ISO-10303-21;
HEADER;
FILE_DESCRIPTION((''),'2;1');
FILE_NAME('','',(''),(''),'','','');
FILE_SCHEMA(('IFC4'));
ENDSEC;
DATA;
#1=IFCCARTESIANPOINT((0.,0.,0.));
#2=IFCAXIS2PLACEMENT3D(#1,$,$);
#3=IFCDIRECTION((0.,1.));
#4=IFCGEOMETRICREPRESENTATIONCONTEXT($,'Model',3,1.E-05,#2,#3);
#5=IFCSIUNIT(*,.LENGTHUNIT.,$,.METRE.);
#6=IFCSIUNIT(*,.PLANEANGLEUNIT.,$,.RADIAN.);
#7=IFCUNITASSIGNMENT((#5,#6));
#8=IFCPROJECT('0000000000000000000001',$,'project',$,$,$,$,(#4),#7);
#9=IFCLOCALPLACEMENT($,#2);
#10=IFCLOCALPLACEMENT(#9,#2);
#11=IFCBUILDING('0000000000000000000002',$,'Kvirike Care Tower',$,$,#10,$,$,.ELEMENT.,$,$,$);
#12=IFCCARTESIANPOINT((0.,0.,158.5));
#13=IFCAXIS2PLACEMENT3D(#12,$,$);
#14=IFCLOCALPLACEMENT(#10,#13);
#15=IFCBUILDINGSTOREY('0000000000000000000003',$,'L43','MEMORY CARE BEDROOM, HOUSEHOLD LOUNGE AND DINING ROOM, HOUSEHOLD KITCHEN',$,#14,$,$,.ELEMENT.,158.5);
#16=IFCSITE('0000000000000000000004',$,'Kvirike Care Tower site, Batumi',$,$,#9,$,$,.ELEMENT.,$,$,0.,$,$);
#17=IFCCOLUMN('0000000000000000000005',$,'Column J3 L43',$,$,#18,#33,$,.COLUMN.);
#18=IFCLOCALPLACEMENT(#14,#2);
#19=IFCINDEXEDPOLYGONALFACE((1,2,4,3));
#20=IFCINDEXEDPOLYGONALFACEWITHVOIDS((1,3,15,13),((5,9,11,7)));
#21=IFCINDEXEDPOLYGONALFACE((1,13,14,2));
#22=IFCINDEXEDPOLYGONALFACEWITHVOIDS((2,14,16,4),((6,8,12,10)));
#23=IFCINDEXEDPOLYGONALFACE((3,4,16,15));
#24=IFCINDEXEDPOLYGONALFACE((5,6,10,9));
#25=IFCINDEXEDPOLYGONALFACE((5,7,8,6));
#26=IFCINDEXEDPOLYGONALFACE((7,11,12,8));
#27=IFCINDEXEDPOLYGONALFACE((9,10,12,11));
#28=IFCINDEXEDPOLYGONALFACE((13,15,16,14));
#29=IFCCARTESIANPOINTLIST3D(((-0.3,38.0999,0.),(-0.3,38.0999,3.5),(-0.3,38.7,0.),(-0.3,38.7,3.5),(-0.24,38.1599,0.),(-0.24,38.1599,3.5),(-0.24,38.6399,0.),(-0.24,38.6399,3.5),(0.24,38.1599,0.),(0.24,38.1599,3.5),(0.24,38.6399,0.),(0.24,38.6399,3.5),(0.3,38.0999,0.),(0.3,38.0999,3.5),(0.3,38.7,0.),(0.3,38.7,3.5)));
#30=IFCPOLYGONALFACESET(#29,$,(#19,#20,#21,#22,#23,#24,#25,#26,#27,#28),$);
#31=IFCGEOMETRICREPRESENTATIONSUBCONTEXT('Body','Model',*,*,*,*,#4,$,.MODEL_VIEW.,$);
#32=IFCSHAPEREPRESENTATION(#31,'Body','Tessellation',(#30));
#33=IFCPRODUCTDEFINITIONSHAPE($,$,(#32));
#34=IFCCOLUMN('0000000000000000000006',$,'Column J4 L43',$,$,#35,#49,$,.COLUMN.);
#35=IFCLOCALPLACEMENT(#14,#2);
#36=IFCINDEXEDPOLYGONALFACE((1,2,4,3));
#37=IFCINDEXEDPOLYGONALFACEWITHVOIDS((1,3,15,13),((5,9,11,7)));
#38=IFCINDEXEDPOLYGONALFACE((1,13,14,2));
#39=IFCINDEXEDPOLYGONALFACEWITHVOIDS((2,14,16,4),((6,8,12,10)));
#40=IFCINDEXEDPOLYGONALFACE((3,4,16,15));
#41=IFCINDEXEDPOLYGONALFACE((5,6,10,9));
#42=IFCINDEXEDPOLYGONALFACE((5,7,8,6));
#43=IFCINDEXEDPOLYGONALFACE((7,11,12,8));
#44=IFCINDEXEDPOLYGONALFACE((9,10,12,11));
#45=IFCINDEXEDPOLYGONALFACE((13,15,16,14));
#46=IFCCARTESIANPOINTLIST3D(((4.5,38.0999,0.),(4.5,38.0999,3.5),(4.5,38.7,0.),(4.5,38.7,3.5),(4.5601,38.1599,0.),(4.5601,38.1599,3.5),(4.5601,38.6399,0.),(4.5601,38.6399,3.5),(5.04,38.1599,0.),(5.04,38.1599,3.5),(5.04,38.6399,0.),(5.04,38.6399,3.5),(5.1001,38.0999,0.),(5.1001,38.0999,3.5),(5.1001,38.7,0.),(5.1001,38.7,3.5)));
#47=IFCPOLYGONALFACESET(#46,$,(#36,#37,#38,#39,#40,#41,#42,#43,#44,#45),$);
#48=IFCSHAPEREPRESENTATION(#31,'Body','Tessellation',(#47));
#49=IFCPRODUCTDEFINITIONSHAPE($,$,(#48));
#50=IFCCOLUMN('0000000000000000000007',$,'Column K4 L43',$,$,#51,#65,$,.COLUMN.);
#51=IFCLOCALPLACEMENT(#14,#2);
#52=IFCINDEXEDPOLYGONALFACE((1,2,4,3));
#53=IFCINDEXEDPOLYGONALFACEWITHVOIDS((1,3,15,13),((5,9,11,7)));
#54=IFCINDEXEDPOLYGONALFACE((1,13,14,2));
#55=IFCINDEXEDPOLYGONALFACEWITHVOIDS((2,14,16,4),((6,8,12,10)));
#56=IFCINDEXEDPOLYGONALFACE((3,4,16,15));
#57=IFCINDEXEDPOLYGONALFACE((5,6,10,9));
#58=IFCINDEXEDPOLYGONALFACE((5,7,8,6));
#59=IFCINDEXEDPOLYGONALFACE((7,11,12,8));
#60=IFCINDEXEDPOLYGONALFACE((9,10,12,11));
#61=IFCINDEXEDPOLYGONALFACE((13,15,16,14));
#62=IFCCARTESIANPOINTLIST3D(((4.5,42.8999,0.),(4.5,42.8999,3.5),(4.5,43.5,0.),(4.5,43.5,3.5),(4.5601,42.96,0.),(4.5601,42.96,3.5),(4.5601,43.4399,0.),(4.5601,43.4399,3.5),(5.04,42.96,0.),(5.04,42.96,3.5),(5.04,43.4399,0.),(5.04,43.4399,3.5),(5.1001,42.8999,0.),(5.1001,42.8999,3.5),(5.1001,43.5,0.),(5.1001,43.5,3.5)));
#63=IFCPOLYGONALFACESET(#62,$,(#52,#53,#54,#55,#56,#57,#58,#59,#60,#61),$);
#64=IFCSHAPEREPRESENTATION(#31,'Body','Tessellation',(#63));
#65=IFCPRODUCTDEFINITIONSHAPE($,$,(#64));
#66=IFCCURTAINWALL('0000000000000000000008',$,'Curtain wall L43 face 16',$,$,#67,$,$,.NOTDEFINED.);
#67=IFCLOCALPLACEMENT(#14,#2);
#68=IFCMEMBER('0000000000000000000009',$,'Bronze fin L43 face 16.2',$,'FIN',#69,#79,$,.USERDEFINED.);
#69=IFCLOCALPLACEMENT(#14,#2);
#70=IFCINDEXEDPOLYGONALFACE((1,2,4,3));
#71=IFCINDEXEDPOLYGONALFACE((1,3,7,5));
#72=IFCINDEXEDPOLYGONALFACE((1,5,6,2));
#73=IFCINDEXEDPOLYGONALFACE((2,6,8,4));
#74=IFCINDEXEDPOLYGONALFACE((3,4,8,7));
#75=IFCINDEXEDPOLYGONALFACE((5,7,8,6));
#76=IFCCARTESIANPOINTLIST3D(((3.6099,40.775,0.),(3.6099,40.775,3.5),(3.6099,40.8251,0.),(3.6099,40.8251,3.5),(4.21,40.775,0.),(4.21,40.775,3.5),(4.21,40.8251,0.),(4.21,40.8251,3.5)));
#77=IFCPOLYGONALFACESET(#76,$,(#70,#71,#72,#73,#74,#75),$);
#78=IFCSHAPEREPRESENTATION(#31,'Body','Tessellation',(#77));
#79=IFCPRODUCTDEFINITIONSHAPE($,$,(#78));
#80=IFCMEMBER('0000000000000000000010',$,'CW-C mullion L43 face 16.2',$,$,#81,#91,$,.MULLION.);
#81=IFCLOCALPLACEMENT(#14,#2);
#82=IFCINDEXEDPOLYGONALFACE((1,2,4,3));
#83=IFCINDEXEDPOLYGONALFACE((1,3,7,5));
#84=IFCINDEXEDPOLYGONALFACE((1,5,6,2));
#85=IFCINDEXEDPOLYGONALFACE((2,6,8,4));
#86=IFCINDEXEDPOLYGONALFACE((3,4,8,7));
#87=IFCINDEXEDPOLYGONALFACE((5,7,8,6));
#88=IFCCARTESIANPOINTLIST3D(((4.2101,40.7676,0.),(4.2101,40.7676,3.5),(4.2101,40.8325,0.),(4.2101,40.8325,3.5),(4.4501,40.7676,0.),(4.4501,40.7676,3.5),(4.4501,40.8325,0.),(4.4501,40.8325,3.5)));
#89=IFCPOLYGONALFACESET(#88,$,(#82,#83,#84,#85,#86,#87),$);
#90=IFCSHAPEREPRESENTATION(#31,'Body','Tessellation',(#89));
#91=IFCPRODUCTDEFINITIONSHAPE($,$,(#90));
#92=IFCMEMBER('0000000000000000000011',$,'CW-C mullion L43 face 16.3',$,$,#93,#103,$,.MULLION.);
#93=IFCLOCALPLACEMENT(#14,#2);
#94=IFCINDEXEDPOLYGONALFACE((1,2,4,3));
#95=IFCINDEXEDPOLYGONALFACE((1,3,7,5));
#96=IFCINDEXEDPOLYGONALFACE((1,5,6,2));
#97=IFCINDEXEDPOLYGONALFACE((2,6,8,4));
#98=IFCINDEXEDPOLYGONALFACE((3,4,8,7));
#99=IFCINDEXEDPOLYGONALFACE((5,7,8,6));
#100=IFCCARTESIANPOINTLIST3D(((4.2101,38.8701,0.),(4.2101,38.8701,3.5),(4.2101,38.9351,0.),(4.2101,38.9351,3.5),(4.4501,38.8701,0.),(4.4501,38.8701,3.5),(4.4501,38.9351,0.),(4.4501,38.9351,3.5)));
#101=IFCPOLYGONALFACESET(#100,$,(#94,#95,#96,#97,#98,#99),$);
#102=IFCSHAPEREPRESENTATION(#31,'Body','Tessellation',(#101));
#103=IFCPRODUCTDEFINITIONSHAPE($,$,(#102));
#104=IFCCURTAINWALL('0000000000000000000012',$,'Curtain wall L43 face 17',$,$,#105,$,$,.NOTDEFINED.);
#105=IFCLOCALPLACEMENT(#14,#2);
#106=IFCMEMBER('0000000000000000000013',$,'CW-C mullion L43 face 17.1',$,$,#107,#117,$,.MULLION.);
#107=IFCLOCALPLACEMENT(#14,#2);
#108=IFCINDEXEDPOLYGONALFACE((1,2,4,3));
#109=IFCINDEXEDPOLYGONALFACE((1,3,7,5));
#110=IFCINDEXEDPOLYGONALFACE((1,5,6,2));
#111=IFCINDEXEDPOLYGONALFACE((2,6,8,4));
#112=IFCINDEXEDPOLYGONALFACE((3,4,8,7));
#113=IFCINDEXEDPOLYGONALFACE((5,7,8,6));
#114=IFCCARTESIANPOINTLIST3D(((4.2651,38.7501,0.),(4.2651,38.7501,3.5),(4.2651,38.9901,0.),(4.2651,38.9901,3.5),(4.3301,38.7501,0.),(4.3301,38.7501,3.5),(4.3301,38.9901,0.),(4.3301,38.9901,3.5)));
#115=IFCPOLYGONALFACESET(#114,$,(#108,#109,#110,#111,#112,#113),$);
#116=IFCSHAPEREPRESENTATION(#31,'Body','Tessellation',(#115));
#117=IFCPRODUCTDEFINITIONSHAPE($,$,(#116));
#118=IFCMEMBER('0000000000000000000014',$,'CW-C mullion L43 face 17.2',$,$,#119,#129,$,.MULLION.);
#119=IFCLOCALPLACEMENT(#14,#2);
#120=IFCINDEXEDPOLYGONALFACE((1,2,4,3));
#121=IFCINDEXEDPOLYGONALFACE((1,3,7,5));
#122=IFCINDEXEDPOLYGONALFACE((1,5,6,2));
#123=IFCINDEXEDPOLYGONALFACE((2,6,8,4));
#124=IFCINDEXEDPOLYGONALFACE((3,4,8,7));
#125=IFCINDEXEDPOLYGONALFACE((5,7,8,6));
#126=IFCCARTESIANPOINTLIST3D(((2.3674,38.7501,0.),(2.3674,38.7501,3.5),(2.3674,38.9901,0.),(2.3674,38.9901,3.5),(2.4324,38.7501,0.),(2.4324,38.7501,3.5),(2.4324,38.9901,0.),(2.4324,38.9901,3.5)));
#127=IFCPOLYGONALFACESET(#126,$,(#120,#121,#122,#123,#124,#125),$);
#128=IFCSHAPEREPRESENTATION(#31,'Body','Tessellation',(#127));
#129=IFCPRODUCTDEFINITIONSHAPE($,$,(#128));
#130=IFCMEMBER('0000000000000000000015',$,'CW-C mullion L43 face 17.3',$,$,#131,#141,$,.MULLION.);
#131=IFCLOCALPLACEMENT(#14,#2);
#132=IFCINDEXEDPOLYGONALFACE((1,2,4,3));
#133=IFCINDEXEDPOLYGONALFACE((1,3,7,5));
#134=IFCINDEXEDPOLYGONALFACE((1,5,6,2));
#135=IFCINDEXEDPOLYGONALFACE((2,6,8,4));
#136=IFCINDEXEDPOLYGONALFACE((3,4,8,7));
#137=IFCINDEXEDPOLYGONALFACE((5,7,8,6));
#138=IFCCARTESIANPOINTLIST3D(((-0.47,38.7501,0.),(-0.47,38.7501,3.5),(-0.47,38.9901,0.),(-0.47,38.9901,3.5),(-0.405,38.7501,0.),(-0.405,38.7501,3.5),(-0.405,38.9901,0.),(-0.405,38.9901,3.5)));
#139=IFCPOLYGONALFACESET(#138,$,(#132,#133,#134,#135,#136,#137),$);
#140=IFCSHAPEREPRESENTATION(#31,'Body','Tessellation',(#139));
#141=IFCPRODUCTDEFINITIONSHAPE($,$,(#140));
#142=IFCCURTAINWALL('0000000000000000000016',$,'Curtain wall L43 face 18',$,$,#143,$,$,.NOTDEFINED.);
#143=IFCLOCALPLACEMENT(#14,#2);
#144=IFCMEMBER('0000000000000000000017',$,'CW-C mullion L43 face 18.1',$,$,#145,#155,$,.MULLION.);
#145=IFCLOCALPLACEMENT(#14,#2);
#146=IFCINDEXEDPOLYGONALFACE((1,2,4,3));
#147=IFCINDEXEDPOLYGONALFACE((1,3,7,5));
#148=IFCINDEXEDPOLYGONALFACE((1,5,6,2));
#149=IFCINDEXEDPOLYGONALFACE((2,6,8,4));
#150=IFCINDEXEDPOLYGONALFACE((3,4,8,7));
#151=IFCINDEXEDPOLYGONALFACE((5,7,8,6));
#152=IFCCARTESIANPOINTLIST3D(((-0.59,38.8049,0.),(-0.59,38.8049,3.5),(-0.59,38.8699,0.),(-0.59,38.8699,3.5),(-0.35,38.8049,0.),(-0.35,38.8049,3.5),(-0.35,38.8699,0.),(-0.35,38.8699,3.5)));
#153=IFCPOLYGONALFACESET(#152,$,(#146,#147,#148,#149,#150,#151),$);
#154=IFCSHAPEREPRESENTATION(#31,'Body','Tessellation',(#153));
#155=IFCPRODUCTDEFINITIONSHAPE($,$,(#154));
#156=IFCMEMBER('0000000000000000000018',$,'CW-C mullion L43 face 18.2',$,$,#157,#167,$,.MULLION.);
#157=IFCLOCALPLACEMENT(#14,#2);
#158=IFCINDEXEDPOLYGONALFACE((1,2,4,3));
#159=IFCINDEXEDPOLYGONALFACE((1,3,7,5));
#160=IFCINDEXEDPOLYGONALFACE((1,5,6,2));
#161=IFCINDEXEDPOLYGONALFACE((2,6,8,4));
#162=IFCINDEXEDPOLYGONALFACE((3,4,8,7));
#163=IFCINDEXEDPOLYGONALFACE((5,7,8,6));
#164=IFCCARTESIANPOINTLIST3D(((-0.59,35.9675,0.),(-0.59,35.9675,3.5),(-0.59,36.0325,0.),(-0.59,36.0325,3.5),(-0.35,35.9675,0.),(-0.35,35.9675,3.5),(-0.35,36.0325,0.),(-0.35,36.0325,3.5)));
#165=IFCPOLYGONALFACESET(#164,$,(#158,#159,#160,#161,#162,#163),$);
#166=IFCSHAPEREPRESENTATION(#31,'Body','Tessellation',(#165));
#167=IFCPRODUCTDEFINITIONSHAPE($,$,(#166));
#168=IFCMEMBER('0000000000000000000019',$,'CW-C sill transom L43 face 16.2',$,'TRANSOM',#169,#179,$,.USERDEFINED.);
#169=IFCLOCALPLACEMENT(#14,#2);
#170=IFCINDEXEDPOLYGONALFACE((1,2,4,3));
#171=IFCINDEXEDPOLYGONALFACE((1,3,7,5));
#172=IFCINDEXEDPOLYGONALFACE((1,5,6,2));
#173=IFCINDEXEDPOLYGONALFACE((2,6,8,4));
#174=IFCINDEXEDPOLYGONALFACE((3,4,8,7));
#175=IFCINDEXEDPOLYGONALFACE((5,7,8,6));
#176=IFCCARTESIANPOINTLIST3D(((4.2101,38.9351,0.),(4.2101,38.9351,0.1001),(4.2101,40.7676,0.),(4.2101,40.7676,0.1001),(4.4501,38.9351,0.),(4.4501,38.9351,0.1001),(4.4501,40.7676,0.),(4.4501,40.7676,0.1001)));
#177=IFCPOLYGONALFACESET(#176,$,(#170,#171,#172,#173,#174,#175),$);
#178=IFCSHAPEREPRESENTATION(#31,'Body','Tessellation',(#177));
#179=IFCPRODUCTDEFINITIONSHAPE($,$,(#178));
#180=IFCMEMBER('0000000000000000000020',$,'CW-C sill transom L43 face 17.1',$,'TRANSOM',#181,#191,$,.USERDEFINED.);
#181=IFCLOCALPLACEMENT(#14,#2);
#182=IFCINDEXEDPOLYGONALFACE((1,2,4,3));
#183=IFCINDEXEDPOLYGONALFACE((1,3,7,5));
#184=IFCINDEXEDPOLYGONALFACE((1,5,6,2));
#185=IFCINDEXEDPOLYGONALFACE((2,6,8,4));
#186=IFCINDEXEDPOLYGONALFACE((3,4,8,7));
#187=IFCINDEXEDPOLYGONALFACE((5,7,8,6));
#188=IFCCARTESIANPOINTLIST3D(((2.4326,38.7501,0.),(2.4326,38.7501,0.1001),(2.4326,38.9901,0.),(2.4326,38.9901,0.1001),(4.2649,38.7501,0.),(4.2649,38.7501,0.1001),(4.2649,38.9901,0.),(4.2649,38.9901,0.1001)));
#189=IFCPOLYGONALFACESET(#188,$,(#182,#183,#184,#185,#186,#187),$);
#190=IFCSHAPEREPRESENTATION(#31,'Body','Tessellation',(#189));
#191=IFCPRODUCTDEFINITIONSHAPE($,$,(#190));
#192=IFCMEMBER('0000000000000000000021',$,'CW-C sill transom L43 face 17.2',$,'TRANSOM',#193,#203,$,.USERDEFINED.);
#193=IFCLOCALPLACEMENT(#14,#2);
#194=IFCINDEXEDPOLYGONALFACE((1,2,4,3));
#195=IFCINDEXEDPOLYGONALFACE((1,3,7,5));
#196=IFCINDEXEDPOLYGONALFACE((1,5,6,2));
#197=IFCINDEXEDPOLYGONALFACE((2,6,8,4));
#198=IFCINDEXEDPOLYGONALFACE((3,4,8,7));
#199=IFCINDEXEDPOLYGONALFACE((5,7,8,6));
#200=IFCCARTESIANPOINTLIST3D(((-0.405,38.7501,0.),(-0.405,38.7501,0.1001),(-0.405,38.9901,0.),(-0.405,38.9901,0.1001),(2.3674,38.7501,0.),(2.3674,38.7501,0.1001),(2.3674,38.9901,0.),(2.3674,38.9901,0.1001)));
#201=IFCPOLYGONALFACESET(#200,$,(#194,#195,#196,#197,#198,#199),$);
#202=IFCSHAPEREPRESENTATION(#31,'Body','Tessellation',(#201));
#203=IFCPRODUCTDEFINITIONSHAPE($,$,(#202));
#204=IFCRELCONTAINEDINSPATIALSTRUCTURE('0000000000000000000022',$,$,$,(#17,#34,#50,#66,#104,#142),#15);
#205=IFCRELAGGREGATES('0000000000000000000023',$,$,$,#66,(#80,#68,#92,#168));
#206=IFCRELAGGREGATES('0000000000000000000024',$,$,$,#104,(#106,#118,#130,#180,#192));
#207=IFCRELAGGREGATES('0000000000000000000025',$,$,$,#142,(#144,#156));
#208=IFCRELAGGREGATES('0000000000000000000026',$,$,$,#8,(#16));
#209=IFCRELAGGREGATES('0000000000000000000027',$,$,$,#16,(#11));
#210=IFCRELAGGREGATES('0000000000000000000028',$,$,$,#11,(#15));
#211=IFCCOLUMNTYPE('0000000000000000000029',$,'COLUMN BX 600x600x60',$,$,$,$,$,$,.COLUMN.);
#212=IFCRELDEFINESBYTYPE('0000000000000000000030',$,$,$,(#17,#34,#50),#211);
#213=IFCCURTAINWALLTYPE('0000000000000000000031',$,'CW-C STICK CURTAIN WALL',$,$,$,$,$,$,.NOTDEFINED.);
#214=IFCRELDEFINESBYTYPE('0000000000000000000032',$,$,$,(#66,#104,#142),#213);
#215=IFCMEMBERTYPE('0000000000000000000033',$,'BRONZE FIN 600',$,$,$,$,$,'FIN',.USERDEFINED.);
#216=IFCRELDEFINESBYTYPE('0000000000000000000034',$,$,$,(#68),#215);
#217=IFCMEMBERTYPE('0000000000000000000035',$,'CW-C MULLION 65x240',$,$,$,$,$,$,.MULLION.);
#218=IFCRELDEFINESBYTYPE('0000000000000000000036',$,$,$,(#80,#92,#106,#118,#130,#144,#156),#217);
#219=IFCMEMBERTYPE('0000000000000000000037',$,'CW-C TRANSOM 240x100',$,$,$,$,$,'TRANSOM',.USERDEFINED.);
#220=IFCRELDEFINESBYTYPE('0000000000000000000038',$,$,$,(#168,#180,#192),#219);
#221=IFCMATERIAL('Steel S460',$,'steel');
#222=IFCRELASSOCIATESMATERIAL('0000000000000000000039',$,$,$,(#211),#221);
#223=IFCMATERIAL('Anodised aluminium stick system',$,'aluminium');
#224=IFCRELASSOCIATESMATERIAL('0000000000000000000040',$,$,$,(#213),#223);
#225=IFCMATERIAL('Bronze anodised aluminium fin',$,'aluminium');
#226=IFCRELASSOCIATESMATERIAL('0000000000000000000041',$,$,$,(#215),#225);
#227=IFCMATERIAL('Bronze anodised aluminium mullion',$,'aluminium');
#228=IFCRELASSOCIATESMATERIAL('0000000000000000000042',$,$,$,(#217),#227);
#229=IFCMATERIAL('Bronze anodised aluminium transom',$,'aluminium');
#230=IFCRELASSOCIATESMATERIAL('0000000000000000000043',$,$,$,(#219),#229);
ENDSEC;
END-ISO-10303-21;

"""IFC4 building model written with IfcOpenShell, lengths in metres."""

from ifc_helpers import new_model, si_unit, direction, frame, origin, origin_2d, place, context, subcontext, project, spatial, rectangle, hollow_rectangle, extrude, material, material_profile, profile_set, type_object, element, aggregate, save


model = new_model("IFC4")

# Units and contexts
model_context = context("Model", 3, precision=1e-05, world=origin(), true_north=direction((0.0, 1.0)))
body_context = subcontext(model_context, "Body", "Model", "MODEL_VIEW")
ifc_project = project(units=[si_unit("LENGTHUNIT", "METRE"), si_unit("PLANEANGLEUNIT", "RADIAN")], contexts=[model_context])

# Site, building, storey
site_placement = place(None, origin())
site = spatial("IfcSite", under=ifc_project, at=site_placement, Name="Kvirike Care Tower site, Batumi", CompositionType="ELEMENT", RefElevation=0.0)
building_placement = place(site_placement, origin())
building = spatial("IfcBuilding", under=site, at=building_placement, Name="Kvirike Care Tower", CompositionType="ELEMENT")
storey_placement = place(building_placement, frame((0.0, 0.0, 158.5)))
storey = spatial("IfcBuildingStorey", under=building, at=storey_placement, Name="L43", Description="MEMORY CARE BEDROOM, HOUSEHOLD LOUNGE AND DINING ROOM, HOUSEHOLD KITCHEN", CompositionType="ELEMENT", Elevation=158.5)

# Columns
ifc_material_1 = material(Name="Steel S460", Category="steel")
ifc_material_profile_1 = material_profile(ifc_material_1, hollow_rectangle(XDim=0.6001, YDim=0.6001, WallThickness=0.0601, at=origin_2d()), Name="BX 600x600x60")
ifc_profile_set_1 = profile_set([ifc_material_profile_1], Name="Steel S460")
column_type = type_object("IfcColumnType", Name="COLUMN BX 600x600x60", PredefinedType="COLUMN", material=ifc_profile_set_1)
for number, where, z_axis, x_axis, name in (
    (1, (0.0, 38.3999, 0.0), (0.0, 0.0, 1.0), (0.0, 1.0, 0.0), "Column J3 L43"),
    (2, (4.8, 38.3999, 0.0), (0.0, 0.0, 1.0), (0.0, 1.0, 0.0), "Column J4 L43"),
    (3, (4.8, 43.2, 0.0), (0.0, 0.0, 1.0), (0.0, 1.0, 0.0), "Column K4 L43"),
):
    element("IfcColumn", number, at=place(storey_placement, frame(where, z_axis=z_axis, x_axis=x_axis)), inside=storey, type_object=column_type, Name=name, PredefinedType="COLUMN", context=body_context, shape_type="SweptSolid", body=[
        extrude(hollow_rectangle(XDim=0.6001, YDim=0.6001, WallThickness=0.0601, at=origin_2d()), origin(), (0.0, 0.0, 1.0), 3.5),
    ])

# Curtain walls, members
ifc_material_2 = material(Name="Anodised aluminium stick system", Category="aluminium")
curtain_wall_type = type_object("IfcCurtainWallType", Name="CW-C STICK CURTAIN WALL", PredefinedType="NOTDEFINED", material=ifc_material_2)
curtain_wall_1_placement = place(storey_placement, origin())
curtain_wall_1 = element("IfcCurtainWall", 4, at=curtain_wall_1_placement, inside=storey, type_object=curtain_wall_type, Name="Curtain wall L43 face 16", PredefinedType="NOTDEFINED")
ifc_material_3 = material(Name="Bronze anodised aluminium fin", Category="aluminium")
ifc_material_profile_2 = material_profile(ifc_material_3, rectangle(XDim=0.05, YDim=0.6001, at=origin_2d()), Name="BRONZE FIN 600")
ifc_profile_set_2 = profile_set([ifc_material_profile_2], Name="Bronze anodised aluminium fin")
member_type_1 = type_object("IfcMemberType", Name="BRONZE FIN 600", ElementType="FIN", PredefinedType="USERDEFINED", material=ifc_profile_set_2)
member_1_placement = place(storey_placement, frame((3.9099, 40.8, 0.0), z_axis=(0.0, 0.0, 1.0), x_axis=(0.0, -1.0, 0.0)))
member_1 = element("IfcMember", 5, at=member_1_placement, type_object=member_type_1, Name="Bronze fin L43 face 16.2", ObjectType="FIN", PredefinedType="USERDEFINED", context=body_context, shape_type="SweptSolid", body=[
    extrude(rectangle(XDim=0.05, YDim=0.6001, at=origin_2d()), origin(), (0.0, 0.0, 1.0), 3.5),
])
ifc_material_4 = material(Name="Bronze anodised aluminium mullion", Category="aluminium")
ifc_material_profile_3 = material_profile(ifc_material_4, rectangle(XDim=0.0649, YDim=0.24, at=origin_2d()), Name="CW-C MULLION 65x240")
ifc_profile_set_3 = profile_set([ifc_material_profile_3], Name="Bronze anodised aluminium mullion")
member_type_2 = type_object("IfcMemberType", Name="CW-C MULLION 65x240", PredefinedType="MULLION", material=ifc_profile_set_3)
member_2_placement = place(storey_placement, frame((4.3301, 40.8, 0.0), z_axis=(0.0, 0.0, 1.0), x_axis=(0.0, -1.0, 0.0)))
member_2 = element("IfcMember", 6, at=member_2_placement, type_object=member_type_2, Name="CW-C mullion L43 face 16.2", PredefinedType="MULLION", context=body_context, shape_type="SweptSolid", body=[
    extrude(rectangle(XDim=0.0649, YDim=0.24, at=origin_2d()), origin(), (0.0, 0.0, 1.0), 3.5),
])
member_3_placement = place(storey_placement, frame((4.3301, 38.9026, 0.0), z_axis=(0.0, 0.0, 1.0), x_axis=(0.0, -1.0, 0.0)))
member_3 = element("IfcMember", 7, at=member_3_placement, type_object=member_type_2, Name="CW-C mullion L43 face 16.3", PredefinedType="MULLION", context=body_context, shape_type="SweptSolid", body=[
    extrude(rectangle(XDim=0.0649, YDim=0.24, at=origin_2d()), origin(), (0.0, 0.0, 1.0), 3.5),
])
curtain_wall_2_placement = place(storey_placement, origin())
curtain_wall_2 = element("IfcCurtainWall", 8, at=curtain_wall_2_placement, inside=storey, type_object=curtain_wall_type, Name="Curtain wall L43 face 17", PredefinedType="NOTDEFINED")
member_4_placement = place(storey_placement, frame((4.2976, 38.8701, 0.0), z_axis=(0.0, 0.0, 1.0), x_axis=(-1.0, 0.0, 0.0)))
member_4 = element("IfcMember", 9, at=member_4_placement, type_object=member_type_2, Name="CW-C mullion L43 face 17.1", PredefinedType="MULLION", context=body_context, shape_type="SweptSolid", body=[
    extrude(rectangle(XDim=0.0649, YDim=0.24, at=origin_2d()), origin(), (0.0, 0.0, 1.0), 3.5),
])
member_5_placement = place(storey_placement, frame((2.3999, 38.8701, 0.0), z_axis=(0.0, 0.0, 1.0), x_axis=(-1.0, 0.0, 0.0)))
member_5 = element("IfcMember", 10, at=member_5_placement, type_object=member_type_2, Name="CW-C mullion L43 face 17.2", PredefinedType="MULLION", context=body_context, shape_type="SweptSolid", body=[
    extrude(rectangle(XDim=0.0649, YDim=0.24, at=origin_2d()), origin(), (0.0, 0.0, 1.0), 3.5),
])
member_6_placement = place(storey_placement, frame((-0.4375, 38.8701, 0.0), z_axis=(0.0, 0.0, 1.0), x_axis=(-1.0, 0.0, 0.0)))
member_6 = element("IfcMember", 11, at=member_6_placement, type_object=member_type_2, Name="CW-C mullion L43 face 17.3", PredefinedType="MULLION", context=body_context, shape_type="SweptSolid", body=[
    extrude(rectangle(XDim=0.0649, YDim=0.24, at=origin_2d()), origin(), (0.0, 0.0, 1.0), 3.5),
])
curtain_wall_3_placement = place(storey_placement, origin())
curtain_wall_3 = element("IfcCurtainWall", 12, at=curtain_wall_3_placement, inside=storey, type_object=curtain_wall_type, Name="Curtain wall L43 face 18", PredefinedType="NOTDEFINED")
member_7_placement = place(storey_placement, frame((-0.47, 38.8374, 0.0), z_axis=(0.0, 0.0, 1.0), x_axis=(0.0, -1.0, 0.0)))
member_7 = element("IfcMember", 13, at=member_7_placement, type_object=member_type_2, Name="CW-C mullion L43 face 18.1", PredefinedType="MULLION", context=body_context, shape_type="SweptSolid", body=[
    extrude(rectangle(XDim=0.0649, YDim=0.24, at=origin_2d()), origin(), (0.0, 0.0, 1.0), 3.5),
])
member_8_placement = place(storey_placement, frame((-0.47, 36.0, 0.0), z_axis=(0.0, 0.0, 1.0), x_axis=(0.0, -1.0, 0.0)))
member_8 = element("IfcMember", 14, at=member_8_placement, type_object=member_type_2, Name="CW-C mullion L43 face 18.2", PredefinedType="MULLION", context=body_context, shape_type="SweptSolid", body=[
    extrude(rectangle(XDim=0.0649, YDim=0.24, at=origin_2d()), origin(), (0.0, 0.0, 1.0), 3.5),
])

# Members
ifc_material_5 = material(Name="Bronze anodised aluminium transom", Category="aluminium")
ifc_material_profile_4 = material_profile(ifc_material_5, rectangle(XDim=0.24, YDim=0.1001, at=origin_2d()), Name="CW-C TRANSOM 240x100")
ifc_profile_set_4 = profile_set([ifc_material_profile_4], Name="Bronze anodised aluminium transom")
member_type_3 = type_object("IfcMemberType", Name="CW-C TRANSOM 240x100", ElementType="TRANSOM", PredefinedType="USERDEFINED", material=ifc_profile_set_4)
member_9_placement = place(storey_placement, frame((4.3301, 40.7676, 0.05), z_axis=(0.0, -1.0, 0.0), x_axis=(1.0, 0.0, 0.0)))
member_9 = element("IfcMember", 15, at=member_9_placement, type_object=member_type_3, Name="CW-C sill transom L43 face 16.2", ObjectType="TRANSOM", PredefinedType="USERDEFINED", context=body_context, shape_type="SweptSolid", body=[
    extrude(rectangle(XDim=0.24, YDim=0.1001, at=origin_2d()), origin(), (0.0, 0.0, 1.0), 1.8325),
])
member_10_placement = place(storey_placement, frame((4.2649, 38.8701, 0.05), z_axis=(-1.0, 0.0, 0.0), x_axis=(0.0, -1.0, 0.0)))
member_10 = element("IfcMember", 16, at=member_10_placement, type_object=member_type_3, Name="CW-C sill transom L43 face 17.1", ObjectType="TRANSOM", PredefinedType="USERDEFINED", context=body_context, shape_type="SweptSolid", body=[
    extrude(rectangle(XDim=0.24, YDim=0.1001, at=origin_2d()), origin(), (0.0, 0.0, 1.0), 1.8323),
])
member_11_placement = place(storey_placement, frame((2.3674, 38.8701, 0.05), z_axis=(-1.0, 0.0, 0.0), x_axis=(0.0, -1.0, 0.0)))
member_11 = element("IfcMember", 17, at=member_11_placement, type_object=member_type_3, Name="CW-C sill transom L43 face 17.2", ObjectType="TRANSOM", PredefinedType="USERDEFINED", context=body_context, shape_type="SweptSolid", body=[
    extrude(rectangle(XDim=0.24, YDim=0.1001, at=origin_2d()), origin(), (0.0, 0.0, 1.0), 2.7725),
])

aggregate(curtain_wall_1, [member_2, member_1, member_3, member_9])
aggregate(curtain_wall_2, [member_4, member_5, member_6, member_10, member_11])
aggregate(curtain_wall_3, [member_7, member_8])

save(model, "model.ifc")
